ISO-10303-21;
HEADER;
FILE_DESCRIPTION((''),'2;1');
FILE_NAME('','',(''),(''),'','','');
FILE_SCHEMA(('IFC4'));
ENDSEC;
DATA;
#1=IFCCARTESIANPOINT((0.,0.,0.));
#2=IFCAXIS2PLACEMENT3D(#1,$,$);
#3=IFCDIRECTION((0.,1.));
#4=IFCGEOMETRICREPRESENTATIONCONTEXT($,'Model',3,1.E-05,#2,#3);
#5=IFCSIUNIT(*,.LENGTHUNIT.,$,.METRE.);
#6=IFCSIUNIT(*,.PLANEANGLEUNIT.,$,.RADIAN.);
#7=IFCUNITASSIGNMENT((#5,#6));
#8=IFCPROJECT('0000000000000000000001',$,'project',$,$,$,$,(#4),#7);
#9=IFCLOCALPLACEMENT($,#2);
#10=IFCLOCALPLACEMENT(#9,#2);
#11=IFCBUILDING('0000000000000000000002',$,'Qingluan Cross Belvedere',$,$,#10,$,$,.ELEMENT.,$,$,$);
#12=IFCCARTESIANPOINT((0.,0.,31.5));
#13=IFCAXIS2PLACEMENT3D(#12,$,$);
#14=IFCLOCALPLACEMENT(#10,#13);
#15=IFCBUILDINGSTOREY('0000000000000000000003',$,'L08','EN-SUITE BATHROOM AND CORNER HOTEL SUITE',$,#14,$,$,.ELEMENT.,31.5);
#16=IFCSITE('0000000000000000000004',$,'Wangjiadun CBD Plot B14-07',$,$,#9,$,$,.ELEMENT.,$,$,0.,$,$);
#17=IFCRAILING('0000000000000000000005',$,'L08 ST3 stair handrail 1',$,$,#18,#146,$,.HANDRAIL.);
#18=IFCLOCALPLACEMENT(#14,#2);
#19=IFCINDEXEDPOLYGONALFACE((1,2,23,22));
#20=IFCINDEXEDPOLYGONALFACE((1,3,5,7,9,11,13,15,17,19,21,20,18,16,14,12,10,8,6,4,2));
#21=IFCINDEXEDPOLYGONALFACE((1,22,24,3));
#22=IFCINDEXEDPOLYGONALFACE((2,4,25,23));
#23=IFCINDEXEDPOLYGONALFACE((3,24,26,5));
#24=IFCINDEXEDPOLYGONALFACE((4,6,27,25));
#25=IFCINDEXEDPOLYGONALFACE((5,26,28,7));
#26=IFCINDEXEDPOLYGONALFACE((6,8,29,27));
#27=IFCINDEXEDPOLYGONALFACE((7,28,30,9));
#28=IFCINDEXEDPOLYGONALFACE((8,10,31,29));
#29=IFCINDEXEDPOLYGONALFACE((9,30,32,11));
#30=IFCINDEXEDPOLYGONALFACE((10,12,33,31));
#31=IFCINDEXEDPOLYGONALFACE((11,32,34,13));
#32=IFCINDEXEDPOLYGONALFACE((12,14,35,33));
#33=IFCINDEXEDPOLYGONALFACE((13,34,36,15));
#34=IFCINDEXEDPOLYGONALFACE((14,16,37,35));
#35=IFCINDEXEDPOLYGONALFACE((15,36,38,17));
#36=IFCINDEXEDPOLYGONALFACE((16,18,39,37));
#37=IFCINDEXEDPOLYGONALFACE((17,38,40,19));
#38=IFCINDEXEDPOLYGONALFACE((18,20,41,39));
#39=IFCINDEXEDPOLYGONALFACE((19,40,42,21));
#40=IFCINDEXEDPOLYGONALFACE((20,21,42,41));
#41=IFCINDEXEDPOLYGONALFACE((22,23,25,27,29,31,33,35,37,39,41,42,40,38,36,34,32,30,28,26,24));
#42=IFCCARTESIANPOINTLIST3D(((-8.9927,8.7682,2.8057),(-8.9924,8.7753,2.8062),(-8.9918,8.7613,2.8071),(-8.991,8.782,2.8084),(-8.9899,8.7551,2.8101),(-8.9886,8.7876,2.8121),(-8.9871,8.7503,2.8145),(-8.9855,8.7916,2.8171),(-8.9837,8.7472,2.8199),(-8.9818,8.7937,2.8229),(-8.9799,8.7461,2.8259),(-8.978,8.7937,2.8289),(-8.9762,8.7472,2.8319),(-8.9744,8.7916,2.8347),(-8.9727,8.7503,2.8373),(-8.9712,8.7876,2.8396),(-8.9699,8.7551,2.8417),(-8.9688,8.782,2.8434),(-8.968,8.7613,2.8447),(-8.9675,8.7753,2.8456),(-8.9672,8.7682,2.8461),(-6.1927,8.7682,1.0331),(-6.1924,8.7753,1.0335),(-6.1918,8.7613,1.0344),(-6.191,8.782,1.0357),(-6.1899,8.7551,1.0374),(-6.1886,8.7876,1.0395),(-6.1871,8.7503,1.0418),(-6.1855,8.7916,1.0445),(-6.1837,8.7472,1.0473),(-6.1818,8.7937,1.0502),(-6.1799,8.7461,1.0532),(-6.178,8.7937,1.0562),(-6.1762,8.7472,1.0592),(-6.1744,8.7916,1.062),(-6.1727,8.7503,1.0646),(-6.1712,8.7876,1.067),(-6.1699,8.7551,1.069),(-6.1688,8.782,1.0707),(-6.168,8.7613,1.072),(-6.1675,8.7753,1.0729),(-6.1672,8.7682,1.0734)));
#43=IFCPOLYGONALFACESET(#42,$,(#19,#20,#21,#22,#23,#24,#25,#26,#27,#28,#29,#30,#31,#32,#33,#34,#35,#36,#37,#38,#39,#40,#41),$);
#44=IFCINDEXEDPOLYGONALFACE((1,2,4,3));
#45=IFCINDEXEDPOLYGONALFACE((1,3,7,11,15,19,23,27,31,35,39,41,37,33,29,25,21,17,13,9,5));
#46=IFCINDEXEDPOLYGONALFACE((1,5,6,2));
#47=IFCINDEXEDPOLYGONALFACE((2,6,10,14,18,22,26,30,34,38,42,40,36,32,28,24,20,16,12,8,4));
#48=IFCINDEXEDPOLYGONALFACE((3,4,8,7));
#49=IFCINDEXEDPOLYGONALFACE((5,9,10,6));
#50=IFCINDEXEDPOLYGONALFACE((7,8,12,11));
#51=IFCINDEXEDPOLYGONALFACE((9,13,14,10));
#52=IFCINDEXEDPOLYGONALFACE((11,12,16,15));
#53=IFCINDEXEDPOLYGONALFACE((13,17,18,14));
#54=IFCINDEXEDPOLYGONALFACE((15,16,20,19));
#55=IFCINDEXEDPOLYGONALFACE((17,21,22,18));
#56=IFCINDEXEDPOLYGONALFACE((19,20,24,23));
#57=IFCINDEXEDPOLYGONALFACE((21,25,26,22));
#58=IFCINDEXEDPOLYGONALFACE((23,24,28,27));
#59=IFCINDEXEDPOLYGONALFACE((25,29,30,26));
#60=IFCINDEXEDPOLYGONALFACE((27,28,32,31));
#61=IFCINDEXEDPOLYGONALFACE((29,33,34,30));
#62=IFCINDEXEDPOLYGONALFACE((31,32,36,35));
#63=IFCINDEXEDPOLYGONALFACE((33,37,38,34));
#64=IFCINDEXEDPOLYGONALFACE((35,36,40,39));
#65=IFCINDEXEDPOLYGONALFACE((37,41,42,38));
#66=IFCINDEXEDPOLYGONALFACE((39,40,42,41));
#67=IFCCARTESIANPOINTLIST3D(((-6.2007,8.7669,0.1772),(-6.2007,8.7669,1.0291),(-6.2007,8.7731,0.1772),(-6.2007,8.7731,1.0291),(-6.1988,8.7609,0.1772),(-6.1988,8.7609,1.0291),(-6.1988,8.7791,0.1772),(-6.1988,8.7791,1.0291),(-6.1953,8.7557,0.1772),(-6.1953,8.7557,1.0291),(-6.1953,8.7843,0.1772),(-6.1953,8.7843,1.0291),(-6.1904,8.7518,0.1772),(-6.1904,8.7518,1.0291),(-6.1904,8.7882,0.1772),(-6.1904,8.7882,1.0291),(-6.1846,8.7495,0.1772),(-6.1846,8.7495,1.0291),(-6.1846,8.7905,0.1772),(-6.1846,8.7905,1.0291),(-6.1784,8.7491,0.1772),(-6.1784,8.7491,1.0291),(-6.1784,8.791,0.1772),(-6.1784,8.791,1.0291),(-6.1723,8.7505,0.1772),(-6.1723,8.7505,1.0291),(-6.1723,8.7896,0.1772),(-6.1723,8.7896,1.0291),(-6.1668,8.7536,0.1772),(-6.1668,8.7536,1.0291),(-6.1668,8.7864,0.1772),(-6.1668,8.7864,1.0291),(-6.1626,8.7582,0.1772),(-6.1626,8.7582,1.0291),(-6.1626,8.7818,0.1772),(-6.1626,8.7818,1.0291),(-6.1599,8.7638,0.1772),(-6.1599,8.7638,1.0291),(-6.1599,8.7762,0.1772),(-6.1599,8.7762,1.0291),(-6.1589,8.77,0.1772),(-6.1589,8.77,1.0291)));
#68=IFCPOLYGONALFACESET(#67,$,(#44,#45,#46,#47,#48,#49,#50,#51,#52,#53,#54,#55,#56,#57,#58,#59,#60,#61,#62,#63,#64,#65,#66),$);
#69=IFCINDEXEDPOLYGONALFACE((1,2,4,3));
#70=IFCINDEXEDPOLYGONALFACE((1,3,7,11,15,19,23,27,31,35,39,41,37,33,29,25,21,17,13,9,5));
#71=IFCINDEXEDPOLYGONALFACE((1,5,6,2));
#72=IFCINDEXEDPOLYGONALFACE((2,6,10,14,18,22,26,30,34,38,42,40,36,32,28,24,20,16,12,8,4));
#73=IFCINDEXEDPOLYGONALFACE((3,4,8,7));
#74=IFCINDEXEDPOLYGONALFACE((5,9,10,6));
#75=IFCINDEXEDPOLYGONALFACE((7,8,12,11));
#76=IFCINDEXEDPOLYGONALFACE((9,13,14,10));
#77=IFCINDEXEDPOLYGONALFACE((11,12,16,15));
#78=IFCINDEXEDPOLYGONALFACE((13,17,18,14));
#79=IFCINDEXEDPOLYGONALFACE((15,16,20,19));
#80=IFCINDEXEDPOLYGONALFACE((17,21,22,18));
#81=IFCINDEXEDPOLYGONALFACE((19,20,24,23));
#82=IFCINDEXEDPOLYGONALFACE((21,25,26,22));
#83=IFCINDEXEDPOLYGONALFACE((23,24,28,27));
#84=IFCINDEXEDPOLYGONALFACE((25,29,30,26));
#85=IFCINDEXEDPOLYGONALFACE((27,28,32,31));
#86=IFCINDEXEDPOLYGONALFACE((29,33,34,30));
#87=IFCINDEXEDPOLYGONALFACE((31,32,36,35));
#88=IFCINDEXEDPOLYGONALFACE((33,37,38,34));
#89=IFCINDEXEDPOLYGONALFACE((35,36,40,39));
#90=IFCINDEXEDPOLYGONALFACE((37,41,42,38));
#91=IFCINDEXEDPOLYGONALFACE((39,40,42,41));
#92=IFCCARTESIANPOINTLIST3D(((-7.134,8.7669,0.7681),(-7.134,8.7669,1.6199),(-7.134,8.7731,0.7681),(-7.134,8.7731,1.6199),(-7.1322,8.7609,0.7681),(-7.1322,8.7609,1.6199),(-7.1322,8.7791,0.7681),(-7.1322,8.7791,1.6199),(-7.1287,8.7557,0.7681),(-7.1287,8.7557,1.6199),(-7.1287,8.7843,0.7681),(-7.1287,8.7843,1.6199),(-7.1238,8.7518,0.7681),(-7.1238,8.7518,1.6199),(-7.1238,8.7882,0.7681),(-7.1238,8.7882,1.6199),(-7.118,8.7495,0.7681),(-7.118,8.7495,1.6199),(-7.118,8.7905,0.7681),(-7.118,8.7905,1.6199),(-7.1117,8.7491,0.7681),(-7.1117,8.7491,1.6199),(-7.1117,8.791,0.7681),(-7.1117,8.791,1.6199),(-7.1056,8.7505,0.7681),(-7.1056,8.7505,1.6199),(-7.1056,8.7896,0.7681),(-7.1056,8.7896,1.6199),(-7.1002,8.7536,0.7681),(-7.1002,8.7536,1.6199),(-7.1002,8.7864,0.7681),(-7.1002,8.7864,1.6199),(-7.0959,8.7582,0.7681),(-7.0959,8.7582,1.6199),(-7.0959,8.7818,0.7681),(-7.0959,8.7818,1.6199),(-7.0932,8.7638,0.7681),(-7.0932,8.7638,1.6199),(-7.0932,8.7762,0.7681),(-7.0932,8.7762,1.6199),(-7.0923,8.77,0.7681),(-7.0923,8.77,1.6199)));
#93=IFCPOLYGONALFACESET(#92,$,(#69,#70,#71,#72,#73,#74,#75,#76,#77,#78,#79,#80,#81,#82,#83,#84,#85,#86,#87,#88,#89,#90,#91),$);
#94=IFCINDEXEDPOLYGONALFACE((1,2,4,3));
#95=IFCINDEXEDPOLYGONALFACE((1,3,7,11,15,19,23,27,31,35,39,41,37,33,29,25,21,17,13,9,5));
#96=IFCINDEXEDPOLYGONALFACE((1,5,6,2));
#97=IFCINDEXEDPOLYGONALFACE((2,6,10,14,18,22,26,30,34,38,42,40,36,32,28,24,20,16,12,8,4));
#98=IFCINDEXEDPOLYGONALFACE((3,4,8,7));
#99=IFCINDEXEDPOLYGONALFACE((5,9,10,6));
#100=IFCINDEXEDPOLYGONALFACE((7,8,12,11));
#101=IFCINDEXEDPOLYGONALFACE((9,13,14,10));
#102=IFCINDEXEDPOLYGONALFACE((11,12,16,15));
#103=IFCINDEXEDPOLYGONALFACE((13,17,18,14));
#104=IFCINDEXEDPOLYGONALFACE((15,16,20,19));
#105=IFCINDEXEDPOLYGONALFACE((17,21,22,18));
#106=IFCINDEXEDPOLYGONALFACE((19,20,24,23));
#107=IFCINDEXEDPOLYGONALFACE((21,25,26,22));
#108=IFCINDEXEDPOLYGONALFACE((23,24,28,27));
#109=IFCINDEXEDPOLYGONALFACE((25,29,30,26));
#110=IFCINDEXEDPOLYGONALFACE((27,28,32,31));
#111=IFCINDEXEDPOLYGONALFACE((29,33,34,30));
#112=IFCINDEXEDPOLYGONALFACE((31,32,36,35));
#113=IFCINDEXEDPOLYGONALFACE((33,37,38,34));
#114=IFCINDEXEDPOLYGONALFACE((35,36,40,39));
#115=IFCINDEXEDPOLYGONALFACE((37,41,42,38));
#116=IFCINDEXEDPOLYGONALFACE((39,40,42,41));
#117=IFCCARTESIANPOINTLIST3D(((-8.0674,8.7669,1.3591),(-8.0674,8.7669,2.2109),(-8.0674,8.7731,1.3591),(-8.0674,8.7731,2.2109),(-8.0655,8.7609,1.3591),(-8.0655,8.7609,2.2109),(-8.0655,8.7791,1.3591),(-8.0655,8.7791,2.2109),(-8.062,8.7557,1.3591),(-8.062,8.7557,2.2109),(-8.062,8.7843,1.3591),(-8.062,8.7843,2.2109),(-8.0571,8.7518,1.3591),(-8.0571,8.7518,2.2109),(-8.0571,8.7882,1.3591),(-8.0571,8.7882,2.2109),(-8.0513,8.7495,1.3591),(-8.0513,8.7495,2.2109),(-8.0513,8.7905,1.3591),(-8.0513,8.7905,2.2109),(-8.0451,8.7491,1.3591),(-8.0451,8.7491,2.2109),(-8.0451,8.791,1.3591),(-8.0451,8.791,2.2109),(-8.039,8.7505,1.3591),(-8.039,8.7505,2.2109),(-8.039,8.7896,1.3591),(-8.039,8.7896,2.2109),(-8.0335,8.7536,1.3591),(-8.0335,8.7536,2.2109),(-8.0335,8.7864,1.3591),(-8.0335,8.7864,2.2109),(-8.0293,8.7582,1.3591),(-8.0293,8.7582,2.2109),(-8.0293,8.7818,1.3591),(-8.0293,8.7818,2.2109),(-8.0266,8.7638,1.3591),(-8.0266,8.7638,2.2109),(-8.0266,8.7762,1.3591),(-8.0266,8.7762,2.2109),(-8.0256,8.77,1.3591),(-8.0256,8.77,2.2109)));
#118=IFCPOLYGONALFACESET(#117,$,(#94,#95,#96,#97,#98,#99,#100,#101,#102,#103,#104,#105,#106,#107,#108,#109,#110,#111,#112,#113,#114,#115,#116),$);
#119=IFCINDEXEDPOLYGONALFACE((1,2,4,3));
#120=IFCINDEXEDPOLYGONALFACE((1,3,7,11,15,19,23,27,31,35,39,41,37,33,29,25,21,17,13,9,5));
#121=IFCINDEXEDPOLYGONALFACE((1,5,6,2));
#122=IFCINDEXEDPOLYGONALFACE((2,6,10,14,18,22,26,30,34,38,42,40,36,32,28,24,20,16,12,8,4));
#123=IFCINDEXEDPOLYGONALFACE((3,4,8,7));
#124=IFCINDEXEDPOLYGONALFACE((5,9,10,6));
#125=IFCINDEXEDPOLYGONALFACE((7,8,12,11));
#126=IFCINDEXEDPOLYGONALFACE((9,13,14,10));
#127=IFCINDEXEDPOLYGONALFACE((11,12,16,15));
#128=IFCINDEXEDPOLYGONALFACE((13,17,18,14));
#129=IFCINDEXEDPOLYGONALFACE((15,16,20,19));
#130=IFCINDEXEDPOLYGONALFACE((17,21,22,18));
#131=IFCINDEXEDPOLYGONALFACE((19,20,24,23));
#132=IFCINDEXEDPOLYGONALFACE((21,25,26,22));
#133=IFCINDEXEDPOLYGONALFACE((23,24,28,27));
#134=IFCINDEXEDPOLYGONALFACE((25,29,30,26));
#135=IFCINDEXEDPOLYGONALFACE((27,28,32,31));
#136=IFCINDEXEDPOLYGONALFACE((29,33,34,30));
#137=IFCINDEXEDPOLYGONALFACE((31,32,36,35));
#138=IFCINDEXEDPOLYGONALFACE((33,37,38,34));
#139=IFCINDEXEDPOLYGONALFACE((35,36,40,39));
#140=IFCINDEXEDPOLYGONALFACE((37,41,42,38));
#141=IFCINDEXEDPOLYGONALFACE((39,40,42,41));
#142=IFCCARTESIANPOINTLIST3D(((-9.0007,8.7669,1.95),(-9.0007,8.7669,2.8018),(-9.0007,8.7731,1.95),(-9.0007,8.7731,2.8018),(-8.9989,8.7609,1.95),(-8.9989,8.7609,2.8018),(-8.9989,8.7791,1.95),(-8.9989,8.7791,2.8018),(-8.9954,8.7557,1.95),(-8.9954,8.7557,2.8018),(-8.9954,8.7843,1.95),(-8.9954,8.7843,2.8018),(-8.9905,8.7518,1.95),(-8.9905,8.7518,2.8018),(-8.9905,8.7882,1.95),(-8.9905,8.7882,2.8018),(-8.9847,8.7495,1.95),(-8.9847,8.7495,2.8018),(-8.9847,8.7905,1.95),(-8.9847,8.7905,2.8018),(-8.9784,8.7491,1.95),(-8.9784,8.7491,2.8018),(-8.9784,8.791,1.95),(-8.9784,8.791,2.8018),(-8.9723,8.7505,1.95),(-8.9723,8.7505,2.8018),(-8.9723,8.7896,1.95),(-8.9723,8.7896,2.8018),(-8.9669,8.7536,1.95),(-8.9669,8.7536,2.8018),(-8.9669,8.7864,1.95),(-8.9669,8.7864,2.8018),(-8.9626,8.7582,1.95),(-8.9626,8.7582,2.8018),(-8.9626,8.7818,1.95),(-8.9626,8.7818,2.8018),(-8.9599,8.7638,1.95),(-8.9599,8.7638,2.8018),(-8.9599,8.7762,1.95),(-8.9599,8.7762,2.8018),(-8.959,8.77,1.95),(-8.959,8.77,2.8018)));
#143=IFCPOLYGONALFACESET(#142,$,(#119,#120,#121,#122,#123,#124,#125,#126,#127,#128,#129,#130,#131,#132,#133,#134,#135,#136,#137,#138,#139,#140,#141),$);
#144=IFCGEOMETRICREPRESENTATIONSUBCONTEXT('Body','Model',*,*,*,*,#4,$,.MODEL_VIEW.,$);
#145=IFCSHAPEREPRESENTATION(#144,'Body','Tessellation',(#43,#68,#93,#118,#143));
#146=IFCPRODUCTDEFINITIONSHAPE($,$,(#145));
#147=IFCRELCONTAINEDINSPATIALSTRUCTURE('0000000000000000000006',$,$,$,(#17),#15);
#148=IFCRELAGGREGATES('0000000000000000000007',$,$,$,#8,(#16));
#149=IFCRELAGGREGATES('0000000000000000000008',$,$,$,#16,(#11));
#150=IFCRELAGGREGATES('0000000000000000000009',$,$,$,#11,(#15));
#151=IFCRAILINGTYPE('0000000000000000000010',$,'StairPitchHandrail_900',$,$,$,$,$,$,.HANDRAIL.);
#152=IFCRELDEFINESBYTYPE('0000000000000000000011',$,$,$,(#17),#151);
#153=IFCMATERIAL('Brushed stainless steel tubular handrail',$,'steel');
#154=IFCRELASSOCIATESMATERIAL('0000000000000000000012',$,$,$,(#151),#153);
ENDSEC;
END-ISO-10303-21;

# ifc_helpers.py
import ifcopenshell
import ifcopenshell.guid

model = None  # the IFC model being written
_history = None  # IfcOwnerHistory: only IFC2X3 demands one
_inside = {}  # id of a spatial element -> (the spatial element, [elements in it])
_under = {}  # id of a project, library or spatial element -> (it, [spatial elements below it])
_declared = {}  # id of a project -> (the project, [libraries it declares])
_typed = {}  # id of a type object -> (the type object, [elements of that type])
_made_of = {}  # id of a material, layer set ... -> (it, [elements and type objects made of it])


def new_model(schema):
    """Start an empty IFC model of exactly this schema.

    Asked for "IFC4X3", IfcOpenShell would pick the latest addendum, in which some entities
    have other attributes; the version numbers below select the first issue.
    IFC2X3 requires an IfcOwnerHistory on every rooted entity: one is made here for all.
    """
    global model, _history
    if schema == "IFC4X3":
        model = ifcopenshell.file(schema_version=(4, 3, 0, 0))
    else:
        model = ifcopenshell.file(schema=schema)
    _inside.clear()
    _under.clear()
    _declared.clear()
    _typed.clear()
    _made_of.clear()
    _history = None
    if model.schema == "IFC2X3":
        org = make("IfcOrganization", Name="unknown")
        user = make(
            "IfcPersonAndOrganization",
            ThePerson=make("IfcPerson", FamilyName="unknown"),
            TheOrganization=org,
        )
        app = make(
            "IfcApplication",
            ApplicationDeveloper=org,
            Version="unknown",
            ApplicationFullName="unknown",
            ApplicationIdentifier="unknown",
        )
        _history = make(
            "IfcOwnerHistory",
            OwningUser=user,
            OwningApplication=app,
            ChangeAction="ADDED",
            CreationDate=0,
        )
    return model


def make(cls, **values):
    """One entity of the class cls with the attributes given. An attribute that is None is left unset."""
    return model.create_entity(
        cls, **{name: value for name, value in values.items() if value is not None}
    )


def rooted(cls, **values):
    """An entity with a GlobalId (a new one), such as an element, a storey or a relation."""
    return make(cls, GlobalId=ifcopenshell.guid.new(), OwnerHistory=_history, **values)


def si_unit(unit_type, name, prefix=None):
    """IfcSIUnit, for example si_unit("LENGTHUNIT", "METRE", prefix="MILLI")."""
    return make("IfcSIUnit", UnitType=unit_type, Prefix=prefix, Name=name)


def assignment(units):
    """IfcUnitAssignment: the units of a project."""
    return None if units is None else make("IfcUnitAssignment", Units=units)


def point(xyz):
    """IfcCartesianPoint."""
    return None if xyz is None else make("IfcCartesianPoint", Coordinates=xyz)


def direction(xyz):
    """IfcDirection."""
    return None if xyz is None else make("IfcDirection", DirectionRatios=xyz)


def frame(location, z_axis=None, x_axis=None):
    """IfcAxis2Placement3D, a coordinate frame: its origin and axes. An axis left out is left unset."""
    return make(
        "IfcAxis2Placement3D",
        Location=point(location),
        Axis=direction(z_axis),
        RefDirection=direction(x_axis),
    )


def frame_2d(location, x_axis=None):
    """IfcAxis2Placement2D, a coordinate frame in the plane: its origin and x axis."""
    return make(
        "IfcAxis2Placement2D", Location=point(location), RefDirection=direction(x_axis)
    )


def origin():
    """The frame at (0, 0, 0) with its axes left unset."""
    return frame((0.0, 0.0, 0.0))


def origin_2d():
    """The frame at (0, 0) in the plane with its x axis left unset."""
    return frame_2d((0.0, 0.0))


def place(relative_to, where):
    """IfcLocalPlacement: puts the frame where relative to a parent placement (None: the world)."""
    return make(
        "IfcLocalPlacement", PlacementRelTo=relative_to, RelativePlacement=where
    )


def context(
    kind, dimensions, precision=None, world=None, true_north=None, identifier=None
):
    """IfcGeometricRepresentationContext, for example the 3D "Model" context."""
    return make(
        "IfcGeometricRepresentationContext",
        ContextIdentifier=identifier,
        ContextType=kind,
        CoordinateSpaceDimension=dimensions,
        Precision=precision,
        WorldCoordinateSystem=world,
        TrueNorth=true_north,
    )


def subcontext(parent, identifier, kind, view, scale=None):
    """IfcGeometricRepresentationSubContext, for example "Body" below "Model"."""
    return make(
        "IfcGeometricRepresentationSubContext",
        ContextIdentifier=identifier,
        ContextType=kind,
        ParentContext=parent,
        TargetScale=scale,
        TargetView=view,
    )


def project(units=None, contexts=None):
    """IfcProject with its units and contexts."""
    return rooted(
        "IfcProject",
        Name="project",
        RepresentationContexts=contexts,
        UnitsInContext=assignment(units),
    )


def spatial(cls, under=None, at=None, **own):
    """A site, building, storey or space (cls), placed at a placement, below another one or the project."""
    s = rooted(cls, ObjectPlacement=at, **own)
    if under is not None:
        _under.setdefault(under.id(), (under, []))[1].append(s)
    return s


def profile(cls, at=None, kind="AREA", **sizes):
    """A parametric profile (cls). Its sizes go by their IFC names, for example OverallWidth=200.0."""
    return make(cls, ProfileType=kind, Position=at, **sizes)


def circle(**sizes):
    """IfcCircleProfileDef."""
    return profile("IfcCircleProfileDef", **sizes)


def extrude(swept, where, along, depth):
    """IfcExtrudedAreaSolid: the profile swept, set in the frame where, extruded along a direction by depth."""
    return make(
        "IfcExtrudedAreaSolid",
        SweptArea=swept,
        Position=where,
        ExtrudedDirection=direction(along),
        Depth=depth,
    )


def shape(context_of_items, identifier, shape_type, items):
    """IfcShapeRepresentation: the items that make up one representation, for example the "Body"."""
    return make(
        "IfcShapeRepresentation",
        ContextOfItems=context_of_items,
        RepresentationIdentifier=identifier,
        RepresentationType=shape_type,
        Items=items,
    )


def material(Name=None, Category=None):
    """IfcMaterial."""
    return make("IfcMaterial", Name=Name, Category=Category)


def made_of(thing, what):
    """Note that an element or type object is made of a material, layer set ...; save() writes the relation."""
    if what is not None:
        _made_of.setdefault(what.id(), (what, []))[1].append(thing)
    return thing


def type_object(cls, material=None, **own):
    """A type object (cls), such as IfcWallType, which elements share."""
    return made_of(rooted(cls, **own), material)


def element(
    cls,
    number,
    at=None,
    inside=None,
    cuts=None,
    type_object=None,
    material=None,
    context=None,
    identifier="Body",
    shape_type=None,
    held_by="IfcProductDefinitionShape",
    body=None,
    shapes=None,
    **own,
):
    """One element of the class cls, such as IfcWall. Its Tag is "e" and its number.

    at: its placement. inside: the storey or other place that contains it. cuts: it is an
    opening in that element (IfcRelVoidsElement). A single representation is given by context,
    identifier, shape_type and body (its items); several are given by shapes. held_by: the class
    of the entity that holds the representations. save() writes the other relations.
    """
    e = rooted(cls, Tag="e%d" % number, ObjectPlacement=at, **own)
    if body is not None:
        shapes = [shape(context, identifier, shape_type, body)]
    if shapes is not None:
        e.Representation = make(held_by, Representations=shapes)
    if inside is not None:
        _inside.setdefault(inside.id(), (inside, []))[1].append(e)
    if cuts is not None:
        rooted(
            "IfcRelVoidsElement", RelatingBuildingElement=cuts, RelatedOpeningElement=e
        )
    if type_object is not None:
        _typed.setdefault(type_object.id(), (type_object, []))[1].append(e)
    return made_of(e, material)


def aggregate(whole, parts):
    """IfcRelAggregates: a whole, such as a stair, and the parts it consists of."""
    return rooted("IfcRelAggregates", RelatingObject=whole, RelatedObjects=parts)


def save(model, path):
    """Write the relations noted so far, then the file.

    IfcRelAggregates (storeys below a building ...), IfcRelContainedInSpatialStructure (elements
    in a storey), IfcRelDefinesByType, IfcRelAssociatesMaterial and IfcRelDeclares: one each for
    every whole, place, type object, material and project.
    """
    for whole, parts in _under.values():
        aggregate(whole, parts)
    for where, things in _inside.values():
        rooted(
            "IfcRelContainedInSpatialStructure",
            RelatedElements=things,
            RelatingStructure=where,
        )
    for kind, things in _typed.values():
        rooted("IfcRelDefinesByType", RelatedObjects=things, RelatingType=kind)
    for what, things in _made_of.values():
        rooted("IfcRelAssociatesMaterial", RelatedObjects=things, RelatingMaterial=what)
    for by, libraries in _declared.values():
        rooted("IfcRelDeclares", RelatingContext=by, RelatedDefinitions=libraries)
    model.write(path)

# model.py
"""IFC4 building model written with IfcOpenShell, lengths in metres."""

from ifc_helpers import new_model, si_unit, direction, frame, origin, origin_2d, place, context, subcontext, project, spatial, circle, extrude, material, type_object, element, save


model = new_model("IFC4")

# Units and contexts
model_context = context("Model", 3, precision=1e-05, world=origin(), true_north=direction((0.0, 1.0)))
body_context = subcontext(model_context, "Body", "Model", "MODEL_VIEW")
ifc_project = project(units=[si_unit("LENGTHUNIT", "METRE"), si_unit("PLANEANGLEUNIT", "RADIAN")], contexts=[model_context])

# Site, building, storey
site_placement = place(None, origin())
site = spatial("IfcSite", under=ifc_project, at=site_placement, Name="Wangjiadun CBD Plot B14-07", CompositionType="ELEMENT", RefElevation=0.0)
building_placement = place(site_placement, origin())
building = spatial("IfcBuilding", under=site, at=building_placement, Name="Qingluan Cross Belvedere", CompositionType="ELEMENT")
storey_placement = place(building_placement, frame((0.0, 0.0, 31.5)))
storey = spatial("IfcBuildingStorey", under=building, at=storey_placement, Name="L08", Description="EN-SUITE BATHROOM AND CORNER HOTEL SUITE", CompositionType="ELEMENT", Elevation=31.5)

# Railing
ifc_material_1 = material(Name="Brushed stainless steel tubular handrail", Category="steel")
railing_type_1 = type_object("IfcRailingType", Name="StairPitchHandrail_900", PredefinedType="HANDRAIL", material=ifc_material_1)
railing_1_placement = place(storey_placement, frame((-6.1799, 8.77, 0.1772)))
element("IfcRailing", 1, at=railing_1_placement, inside=storey, type_object=railing_type_1, Name="L08 ST3 stair handrail 1", PredefinedType="HANDRAIL", context=body_context, shape_type="SweptSolid", body=[
    extrude(circle(Radius=0.0239, at=origin_2d()), frame((0.0, 0.0, 0.876), z_axis=(-0.844909, 0.0, 0.53491), x_axis=(0.0, -1.0, 0.0)), (0.0, 0.0, 1.0), 3.314),
    extrude(circle(Radius=0.021, at=origin_2d()), origin(), (0.0, 0.0, 1.0), 0.8518),
    extrude(circle(Radius=0.021, at=origin_2d()), frame((-0.9333, 0.0, 0.5908)), (0.0, 0.0, 1.0), 0.8518),
    extrude(circle(Radius=0.021, at=origin_2d()), frame((-1.8667, 0.0, 1.1819)), (0.0, 0.0, 1.0), 0.8518),
    extrude(circle(Radius=0.021, at=origin_2d()), frame((-2.8, 0.0, 1.7727)), (0.0, 0.0, 1.0), 0.8518),
])

save(model, "model.ifc")
